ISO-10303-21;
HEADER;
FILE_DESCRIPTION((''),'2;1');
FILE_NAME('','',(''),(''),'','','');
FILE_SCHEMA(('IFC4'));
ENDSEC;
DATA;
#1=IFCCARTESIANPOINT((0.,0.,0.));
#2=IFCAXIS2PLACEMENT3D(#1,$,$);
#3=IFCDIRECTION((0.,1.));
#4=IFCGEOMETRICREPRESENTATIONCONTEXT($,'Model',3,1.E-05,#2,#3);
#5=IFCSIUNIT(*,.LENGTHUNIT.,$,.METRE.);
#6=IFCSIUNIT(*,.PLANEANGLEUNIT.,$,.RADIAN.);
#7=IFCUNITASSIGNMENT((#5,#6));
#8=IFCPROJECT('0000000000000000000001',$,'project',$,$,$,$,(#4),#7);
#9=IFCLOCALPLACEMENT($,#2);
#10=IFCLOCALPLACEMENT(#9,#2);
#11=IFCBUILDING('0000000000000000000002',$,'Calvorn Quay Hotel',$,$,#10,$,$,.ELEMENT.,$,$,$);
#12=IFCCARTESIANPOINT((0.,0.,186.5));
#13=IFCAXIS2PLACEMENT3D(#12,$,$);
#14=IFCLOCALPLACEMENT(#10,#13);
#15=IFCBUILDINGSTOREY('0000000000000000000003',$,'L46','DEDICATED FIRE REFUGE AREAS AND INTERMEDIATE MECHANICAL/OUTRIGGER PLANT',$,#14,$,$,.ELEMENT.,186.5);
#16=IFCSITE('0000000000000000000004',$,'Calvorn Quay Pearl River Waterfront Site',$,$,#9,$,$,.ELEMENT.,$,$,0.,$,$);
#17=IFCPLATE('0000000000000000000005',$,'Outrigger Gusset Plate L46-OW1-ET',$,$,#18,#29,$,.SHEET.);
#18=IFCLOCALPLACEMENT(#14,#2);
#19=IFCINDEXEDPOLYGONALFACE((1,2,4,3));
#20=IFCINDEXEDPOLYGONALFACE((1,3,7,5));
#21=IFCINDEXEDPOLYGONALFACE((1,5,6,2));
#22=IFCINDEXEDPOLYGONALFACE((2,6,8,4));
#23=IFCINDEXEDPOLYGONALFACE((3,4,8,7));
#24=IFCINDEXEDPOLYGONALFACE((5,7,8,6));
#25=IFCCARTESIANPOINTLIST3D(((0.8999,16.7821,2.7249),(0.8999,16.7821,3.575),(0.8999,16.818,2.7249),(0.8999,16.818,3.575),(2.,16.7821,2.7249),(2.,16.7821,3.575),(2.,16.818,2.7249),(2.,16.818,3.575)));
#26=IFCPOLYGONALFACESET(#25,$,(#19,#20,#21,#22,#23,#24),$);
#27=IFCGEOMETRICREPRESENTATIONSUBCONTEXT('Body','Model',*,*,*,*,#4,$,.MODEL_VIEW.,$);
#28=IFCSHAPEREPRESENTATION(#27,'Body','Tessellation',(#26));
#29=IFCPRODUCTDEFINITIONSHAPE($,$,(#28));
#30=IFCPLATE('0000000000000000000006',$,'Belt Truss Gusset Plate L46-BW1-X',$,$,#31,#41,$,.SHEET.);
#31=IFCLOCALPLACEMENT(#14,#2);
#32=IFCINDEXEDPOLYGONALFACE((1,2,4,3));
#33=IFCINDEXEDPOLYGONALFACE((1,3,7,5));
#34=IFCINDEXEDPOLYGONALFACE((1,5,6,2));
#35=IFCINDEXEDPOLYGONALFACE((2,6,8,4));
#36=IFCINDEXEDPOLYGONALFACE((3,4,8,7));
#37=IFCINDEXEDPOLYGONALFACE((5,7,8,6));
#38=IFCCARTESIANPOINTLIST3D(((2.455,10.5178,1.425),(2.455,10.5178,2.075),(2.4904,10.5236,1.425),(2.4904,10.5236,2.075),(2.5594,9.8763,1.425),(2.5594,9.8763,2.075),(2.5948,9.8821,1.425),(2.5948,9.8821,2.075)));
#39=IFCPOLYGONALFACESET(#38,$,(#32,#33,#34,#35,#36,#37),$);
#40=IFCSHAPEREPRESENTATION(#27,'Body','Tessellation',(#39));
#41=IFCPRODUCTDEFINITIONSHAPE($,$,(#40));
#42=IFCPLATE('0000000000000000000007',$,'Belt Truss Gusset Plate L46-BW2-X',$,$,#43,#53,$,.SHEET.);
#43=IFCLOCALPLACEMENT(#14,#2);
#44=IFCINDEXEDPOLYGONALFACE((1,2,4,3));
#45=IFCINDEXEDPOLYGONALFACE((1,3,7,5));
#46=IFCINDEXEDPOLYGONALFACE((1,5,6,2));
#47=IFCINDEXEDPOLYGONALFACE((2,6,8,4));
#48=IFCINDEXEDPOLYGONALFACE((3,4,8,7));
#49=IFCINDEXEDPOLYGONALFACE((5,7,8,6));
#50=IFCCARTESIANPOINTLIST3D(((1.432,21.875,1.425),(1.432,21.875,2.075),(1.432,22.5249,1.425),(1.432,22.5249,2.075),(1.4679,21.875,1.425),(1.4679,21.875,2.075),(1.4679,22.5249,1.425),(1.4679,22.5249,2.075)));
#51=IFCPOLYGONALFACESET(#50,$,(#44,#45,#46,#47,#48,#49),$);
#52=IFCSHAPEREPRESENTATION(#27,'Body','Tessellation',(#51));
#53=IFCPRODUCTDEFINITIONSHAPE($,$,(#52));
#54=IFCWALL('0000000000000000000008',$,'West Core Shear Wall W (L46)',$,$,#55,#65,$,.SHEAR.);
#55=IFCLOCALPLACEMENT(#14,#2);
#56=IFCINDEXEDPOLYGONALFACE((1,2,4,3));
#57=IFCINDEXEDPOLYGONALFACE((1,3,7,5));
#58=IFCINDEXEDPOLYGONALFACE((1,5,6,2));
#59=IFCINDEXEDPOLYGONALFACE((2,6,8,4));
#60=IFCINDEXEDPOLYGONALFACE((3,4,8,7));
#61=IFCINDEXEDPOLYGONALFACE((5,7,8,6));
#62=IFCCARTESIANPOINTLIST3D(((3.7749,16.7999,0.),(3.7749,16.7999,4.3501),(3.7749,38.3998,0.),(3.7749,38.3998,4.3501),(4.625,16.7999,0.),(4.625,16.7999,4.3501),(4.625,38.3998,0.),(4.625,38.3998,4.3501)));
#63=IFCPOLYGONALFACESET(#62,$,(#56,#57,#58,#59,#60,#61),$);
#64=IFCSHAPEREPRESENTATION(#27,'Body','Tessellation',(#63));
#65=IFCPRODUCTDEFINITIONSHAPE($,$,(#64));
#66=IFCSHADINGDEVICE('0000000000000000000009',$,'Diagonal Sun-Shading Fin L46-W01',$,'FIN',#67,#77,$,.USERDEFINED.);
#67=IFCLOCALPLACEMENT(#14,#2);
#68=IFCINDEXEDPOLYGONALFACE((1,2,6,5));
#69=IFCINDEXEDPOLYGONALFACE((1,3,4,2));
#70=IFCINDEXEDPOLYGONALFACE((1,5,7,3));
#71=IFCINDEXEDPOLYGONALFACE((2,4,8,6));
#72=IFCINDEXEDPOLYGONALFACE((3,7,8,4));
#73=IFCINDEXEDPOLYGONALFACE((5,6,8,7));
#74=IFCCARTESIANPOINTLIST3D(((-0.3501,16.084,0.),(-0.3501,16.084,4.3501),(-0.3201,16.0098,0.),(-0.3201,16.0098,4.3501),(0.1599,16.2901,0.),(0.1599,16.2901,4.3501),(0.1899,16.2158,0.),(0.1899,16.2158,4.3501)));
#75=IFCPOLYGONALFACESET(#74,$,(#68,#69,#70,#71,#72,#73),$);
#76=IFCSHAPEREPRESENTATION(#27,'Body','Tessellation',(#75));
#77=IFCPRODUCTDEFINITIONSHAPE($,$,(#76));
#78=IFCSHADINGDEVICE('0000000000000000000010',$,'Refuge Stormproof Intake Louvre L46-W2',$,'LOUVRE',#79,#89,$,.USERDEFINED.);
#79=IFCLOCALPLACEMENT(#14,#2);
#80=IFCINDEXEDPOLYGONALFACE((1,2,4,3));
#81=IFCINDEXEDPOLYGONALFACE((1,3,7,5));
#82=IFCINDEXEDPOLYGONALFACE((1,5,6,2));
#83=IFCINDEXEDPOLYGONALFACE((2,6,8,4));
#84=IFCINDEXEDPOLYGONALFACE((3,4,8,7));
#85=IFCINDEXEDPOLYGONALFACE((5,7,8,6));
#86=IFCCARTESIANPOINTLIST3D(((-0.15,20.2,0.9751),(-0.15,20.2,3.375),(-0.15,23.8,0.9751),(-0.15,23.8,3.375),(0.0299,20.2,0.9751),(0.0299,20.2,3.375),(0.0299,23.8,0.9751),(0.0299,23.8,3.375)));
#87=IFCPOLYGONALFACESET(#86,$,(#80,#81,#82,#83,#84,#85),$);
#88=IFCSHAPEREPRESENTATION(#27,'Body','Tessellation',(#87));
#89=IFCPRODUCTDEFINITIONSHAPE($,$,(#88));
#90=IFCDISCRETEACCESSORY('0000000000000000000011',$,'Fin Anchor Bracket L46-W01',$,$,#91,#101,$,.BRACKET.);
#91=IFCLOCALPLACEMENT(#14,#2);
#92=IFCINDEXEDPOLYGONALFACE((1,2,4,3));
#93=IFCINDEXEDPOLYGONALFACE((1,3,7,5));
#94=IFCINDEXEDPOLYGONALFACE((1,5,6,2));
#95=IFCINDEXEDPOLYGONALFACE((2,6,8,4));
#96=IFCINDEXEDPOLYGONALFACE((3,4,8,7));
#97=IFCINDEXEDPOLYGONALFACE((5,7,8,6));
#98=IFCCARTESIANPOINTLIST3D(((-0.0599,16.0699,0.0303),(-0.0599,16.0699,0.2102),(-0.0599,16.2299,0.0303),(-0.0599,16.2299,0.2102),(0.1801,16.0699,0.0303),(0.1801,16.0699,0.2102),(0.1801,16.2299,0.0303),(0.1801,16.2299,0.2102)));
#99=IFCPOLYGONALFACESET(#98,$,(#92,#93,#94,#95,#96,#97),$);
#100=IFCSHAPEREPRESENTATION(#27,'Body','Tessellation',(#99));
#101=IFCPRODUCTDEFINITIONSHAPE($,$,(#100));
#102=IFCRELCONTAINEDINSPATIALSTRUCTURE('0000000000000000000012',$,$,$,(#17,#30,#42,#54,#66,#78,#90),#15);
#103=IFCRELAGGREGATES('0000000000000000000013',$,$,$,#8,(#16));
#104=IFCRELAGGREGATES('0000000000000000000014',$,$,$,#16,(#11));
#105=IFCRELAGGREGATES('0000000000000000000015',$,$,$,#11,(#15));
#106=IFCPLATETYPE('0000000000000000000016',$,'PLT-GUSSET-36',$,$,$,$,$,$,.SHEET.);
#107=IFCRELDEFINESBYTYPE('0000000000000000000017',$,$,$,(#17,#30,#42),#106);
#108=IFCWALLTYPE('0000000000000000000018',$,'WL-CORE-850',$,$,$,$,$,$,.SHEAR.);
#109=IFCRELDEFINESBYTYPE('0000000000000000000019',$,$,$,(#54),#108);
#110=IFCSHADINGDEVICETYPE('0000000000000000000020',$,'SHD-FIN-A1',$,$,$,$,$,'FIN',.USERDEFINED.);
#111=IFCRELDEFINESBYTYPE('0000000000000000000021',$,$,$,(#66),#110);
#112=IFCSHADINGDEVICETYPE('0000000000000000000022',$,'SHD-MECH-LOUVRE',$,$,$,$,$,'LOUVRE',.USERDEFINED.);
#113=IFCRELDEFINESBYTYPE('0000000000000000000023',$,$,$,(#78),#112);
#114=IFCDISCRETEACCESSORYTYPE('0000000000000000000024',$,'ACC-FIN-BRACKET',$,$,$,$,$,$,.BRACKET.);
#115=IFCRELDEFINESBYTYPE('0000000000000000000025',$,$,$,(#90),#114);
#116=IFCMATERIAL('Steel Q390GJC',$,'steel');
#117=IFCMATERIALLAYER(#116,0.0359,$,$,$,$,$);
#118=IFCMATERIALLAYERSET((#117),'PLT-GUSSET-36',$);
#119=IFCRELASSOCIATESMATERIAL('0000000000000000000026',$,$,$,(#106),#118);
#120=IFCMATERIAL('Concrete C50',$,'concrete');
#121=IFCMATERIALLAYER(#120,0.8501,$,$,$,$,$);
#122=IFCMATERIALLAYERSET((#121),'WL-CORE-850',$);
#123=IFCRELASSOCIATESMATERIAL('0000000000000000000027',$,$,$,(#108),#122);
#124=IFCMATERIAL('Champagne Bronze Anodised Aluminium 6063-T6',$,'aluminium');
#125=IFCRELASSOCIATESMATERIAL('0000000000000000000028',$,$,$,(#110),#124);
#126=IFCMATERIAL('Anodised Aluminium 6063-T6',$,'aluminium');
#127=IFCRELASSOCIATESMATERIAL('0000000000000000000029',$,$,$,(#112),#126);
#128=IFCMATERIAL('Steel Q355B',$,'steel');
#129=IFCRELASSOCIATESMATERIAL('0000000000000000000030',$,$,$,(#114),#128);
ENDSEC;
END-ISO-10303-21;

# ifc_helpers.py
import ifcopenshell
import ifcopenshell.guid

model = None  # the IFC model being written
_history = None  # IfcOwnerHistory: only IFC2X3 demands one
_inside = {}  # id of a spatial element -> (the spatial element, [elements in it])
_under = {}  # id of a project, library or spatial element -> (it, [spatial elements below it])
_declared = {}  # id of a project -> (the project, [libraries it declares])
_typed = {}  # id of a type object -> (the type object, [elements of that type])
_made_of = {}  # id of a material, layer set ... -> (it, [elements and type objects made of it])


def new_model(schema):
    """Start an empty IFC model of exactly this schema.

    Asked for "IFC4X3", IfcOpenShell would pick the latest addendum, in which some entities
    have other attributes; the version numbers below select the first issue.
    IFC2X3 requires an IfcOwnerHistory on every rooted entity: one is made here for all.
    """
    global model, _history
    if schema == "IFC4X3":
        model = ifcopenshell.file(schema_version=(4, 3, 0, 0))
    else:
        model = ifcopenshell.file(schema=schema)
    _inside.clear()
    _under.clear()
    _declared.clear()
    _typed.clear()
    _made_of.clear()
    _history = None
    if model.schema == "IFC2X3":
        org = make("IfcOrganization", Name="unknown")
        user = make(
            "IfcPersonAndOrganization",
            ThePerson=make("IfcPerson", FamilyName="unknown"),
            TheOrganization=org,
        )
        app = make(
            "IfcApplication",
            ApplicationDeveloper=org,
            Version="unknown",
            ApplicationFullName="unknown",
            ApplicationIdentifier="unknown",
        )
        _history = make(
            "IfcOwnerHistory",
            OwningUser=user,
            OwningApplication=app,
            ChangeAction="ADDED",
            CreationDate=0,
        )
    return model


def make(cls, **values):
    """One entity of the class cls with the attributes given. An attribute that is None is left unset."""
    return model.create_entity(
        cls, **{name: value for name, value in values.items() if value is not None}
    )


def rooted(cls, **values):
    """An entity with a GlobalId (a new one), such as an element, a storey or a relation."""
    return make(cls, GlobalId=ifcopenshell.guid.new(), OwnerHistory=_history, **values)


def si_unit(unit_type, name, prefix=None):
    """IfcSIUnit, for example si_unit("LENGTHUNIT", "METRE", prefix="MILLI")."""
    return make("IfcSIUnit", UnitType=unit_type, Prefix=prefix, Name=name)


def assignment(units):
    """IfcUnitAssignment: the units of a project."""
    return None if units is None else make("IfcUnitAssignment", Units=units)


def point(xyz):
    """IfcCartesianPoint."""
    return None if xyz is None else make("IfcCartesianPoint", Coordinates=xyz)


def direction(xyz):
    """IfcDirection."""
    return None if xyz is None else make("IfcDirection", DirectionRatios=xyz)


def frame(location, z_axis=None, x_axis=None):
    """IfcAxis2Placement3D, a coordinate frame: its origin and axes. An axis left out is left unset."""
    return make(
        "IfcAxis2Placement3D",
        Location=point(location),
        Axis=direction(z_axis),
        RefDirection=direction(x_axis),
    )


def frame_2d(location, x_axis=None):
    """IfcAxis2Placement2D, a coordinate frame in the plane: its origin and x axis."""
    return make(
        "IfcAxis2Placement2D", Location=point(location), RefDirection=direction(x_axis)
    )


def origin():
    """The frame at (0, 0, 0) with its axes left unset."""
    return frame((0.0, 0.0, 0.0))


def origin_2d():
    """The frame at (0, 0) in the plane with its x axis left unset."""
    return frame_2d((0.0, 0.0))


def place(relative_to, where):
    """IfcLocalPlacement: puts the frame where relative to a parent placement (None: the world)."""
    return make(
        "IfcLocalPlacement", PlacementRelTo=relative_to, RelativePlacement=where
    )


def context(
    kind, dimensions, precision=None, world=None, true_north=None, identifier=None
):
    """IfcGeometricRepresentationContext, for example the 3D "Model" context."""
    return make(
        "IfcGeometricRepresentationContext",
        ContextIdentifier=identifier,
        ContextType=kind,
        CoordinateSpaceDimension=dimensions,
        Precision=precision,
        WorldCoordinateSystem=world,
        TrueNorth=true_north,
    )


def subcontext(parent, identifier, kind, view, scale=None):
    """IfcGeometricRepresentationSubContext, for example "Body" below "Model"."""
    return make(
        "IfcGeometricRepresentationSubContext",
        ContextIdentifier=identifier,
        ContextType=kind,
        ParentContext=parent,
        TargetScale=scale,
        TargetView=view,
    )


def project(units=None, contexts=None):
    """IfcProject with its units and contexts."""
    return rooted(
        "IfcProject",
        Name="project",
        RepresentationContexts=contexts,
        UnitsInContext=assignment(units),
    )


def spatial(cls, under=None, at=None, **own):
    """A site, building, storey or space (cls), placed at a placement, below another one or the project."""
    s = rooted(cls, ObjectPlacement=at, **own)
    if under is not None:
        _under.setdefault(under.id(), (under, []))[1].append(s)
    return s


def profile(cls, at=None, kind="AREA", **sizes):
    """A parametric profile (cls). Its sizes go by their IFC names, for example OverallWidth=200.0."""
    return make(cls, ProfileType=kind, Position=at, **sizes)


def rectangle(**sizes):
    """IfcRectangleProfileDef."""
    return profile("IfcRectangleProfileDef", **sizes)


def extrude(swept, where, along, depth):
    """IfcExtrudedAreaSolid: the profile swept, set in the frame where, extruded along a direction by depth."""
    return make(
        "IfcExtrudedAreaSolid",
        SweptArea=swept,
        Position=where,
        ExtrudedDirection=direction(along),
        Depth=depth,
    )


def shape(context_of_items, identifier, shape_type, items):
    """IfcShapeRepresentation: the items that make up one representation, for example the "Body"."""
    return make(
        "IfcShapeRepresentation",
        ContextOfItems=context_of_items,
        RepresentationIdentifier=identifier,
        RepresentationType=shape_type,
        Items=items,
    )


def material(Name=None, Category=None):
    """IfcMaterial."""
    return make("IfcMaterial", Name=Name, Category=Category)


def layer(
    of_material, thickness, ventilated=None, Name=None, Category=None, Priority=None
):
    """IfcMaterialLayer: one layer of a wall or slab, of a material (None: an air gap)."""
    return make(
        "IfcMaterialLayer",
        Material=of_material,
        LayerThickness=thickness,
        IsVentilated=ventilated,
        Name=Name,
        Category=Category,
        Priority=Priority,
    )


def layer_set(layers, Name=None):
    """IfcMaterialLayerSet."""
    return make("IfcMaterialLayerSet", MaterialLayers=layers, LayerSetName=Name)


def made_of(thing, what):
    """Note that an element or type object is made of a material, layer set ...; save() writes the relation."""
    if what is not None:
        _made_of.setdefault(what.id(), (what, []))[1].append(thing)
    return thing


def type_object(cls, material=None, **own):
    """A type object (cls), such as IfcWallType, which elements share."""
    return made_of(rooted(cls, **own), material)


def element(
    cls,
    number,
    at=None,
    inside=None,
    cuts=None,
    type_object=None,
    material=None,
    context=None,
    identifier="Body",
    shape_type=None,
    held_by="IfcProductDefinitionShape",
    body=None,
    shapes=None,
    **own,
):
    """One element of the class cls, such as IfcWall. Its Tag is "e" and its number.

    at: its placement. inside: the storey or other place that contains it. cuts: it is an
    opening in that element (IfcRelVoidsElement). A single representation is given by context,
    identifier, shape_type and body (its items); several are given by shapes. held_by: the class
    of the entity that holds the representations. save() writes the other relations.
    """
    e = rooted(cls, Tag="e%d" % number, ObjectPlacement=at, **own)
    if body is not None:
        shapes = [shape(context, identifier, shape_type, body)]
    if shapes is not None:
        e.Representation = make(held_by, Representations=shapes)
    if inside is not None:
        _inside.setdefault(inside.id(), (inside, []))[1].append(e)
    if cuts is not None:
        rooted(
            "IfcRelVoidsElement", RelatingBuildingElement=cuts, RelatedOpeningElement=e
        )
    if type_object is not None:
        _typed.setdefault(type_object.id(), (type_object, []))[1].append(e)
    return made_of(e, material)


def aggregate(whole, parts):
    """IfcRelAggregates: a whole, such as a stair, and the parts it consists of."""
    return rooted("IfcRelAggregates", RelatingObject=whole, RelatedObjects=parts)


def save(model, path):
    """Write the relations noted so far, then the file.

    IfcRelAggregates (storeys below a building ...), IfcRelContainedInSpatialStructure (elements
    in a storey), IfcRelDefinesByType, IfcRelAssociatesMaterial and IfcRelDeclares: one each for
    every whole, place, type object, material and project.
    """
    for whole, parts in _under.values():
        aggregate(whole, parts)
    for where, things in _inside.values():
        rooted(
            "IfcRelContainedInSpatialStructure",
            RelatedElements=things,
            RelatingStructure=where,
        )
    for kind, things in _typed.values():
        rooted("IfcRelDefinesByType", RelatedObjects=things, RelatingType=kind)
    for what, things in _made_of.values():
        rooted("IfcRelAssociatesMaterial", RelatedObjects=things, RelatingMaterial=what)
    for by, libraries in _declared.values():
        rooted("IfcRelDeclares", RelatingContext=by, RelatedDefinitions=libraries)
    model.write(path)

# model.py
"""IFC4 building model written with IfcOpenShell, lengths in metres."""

from ifc_helpers import new_model, si_unit, direction, frame, frame_2d, origin, origin_2d, place, context, subcontext, project, spatial, rectangle, extrude, material, layer, layer_set, type_object, element, save


model = new_model("IFC4")

# Units and contexts
model_context = context("Model", 3, precision=1e-05, world=origin(), true_north=direction((0.0, 1.0)))
body_context = subcontext(model_context, "Body", "Model", "MODEL_VIEW")
ifc_project = project(units=[si_unit("LENGTHUNIT", "METRE"), si_unit("PLANEANGLEUNIT", "RADIAN")], contexts=[model_context])

# Site, building, storey
site_placement = place(None, origin())
site = spatial("IfcSite", under=ifc_project, at=site_placement, Name="Calvorn Quay Pearl River Waterfront Site", CompositionType="ELEMENT", RefElevation=0.0)
building_placement = place(site_placement, origin())
building = spatial("IfcBuilding", under=site, at=building_placement, Name="Calvorn Quay Hotel", CompositionType="ELEMENT")
storey_placement = place(building_placement, frame((0.0, 0.0, 186.5)))
storey = spatial("IfcBuildingStorey", under=building, at=storey_placement, Name="L46", Description="DEDICATED FIRE REFUGE AREAS AND INTERMEDIATE MECHANICAL/OUTRIGGER PLANT", CompositionType="ELEMENT", Elevation=186.5)

# Plates
ifc_material_1 = material(Name="Steel Q390GJC", Category="steel")
ifc_layer_1 = layer(ifc_material_1, 0.0359)
ifc_layer_set_1 = layer_set([ifc_layer_1], Name="PLT-GUSSET-36")
plate_type = type_object("IfcPlateType", Name="PLT-GUSSET-36", PredefinedType="SHEET", material=ifc_layer_set_1)
for number, where, z_axis, x_axis, name in (
    (1, (1.45, 16.8, 2.7249), (0.0, 0.0, 1.0), (-1.0, 0.0, 0.0), "Outrigger Gusset Plate L46-OW1-ET"),
):
    element("IfcPlate", number, at=place(storey_placement, frame(where, z_axis=z_axis, x_axis=x_axis)), inside=storey, type_object=plate_type, Name=name, PredefinedType="SHEET", context=body_context, shape_type="SweptSolid", body=[
        extrude(rectangle(XDim=1.1001, YDim=0.0359, at=origin_2d()), origin(), (0.0, 0.0, 1.0), 0.8501),
    ])
for number, where, z_axis, x_axis, name in (
    (2, (2.5249, 10.2, 1.425), (0.0, 0.0, 1.0), (-0.160743, 0.986996, 0.0), "Belt Truss Gusset Plate L46-BW1-X"),
    (3, (1.45, 22.2, 1.425), (0.0, 0.0, 1.0), (0.0, 1.0, 0.0), "Belt Truss Gusset Plate L46-BW2-X"),
):
    element("IfcPlate", number, at=place(storey_placement, frame(where, z_axis=z_axis, x_axis=x_axis)), inside=storey, type_object=plate_type, Name=name, PredefinedType="SHEET", context=body_context, shape_type="SweptSolid", body=[
        extrude(rectangle(XDim=0.6499, YDim=0.0359, at=origin_2d()), origin(), (0.0, 0.0, 1.0), 0.6499),
    ])

# Wall
ifc_material_2 = material(Name="Concrete C50", Category="concrete")
ifc_layer_2 = layer(ifc_material_2, 0.8501)
ifc_layer_set_2 = layer_set([ifc_layer_2], Name="WL-CORE-850")
wall_type = type_object("IfcWallType", Name="WL-CORE-850", PredefinedType="SHEAR", material=ifc_layer_set_2)
wall_placement = place(storey_placement, frame((4.2, 16.8, 0.0), z_axis=(0.0, 0.0, 1.0), x_axis=(0.0, 1.0, 0.0)))
element("IfcWall", 4, at=wall_placement, inside=storey, type_object=wall_type, Name="West Core Shear Wall W (L46)", PredefinedType="SHEAR", context=body_context, shape_type="SweptSolid", body=[
    extrude(rectangle(XDim=21.5999, YDim=0.8501, at=frame_2d((10.7998, 0.0))), origin(), (0.0, 0.0, 1.0), 4.3501),
])

# Shading devices
ifc_material_3 = material(Name="Champagne Bronze Anodised Aluminium 6063-T6", Category="aluminium")
shading_device_type_1 = type_object("IfcShadingDeviceType", Name="SHD-FIN-A1", ElementType="FIN", PredefinedType="USERDEFINED", material=ifc_material_3)
shading_device_1_placement = place(storey_placement, frame((-0.0801, 16.1499, 0.0), z_axis=(0.0, 0.0, 1.0), x_axis=(0.927184, 0.374607, 0.0)))
element("IfcShadingDevice", 5, at=shading_device_1_placement, inside=storey, type_object=shading_device_type_1, Name="Diagonal Sun-Shading Fin L46-W01", ObjectType="FIN", PredefinedType="USERDEFINED", context=body_context, shape_type="SweptSolid", body=[
    extrude(rectangle(XDim=0.55, YDim=0.0801, at=origin_2d()), origin(), (0.0, 0.0, 1.0), 4.3501),
])
ifc_material_4 = material(Name="Anodised Aluminium 6063-T6", Category="aluminium")
shading_device_type_2 = type_object("IfcShadingDeviceType", Name="SHD-MECH-LOUVRE", ElementType="LOUVRE", PredefinedType="USERDEFINED", material=ifc_material_4)
shading_device_2_placement = place(storey_placement, frame((-0.0601, 22.0, 0.9751), z_axis=(0.0, 0.0, 1.0), x_axis=(1.0, 0.0, 0.0)))
element("IfcShadingDevice", 6, at=shading_device_2_placement, inside=storey, type_object=shading_device_type_2, Name="Refuge Stormproof Intake Louvre L46-W2", ObjectType="LOUVRE", PredefinedType="USERDEFINED", context=body_context, shape_type="SweptSolid", body=[
    extrude(rectangle(XDim=0.1799, YDim=3.6001, at=origin_2d()), origin(), (0.0, 0.0, 1.0), 2.3999),
])

# Discrete accessory
ifc_material_5 = material(Name="Steel Q355B", Category="steel")
discrete_accessory_type = type_object("IfcDiscreteAccessoryType", Name="ACC-FIN-BRACKET", PredefinedType="BRACKET", material=ifc_material_5)
discrete_accessory_placement = place(storey_placement, frame((0.0601, 16.1499, 0.0303), z_axis=(0.0, 0.0, 1.0), x_axis=(1.0, 0.0, 0.0)))
element("IfcDiscreteAccessory", 7, at=discrete_accessory_placement, inside=storey, type_object=discrete_accessory_type, Name="Fin Anchor Bracket L46-W01", PredefinedType="BRACKET", context=body_context, shape_type="SweptSolid", body=[
    extrude(rectangle(XDim=0.24, YDim=0.1599, at=origin_2d()), origin(), (0.0, 0.0, 1.0), 0.1799),
])

save(model, "model.ifc")
